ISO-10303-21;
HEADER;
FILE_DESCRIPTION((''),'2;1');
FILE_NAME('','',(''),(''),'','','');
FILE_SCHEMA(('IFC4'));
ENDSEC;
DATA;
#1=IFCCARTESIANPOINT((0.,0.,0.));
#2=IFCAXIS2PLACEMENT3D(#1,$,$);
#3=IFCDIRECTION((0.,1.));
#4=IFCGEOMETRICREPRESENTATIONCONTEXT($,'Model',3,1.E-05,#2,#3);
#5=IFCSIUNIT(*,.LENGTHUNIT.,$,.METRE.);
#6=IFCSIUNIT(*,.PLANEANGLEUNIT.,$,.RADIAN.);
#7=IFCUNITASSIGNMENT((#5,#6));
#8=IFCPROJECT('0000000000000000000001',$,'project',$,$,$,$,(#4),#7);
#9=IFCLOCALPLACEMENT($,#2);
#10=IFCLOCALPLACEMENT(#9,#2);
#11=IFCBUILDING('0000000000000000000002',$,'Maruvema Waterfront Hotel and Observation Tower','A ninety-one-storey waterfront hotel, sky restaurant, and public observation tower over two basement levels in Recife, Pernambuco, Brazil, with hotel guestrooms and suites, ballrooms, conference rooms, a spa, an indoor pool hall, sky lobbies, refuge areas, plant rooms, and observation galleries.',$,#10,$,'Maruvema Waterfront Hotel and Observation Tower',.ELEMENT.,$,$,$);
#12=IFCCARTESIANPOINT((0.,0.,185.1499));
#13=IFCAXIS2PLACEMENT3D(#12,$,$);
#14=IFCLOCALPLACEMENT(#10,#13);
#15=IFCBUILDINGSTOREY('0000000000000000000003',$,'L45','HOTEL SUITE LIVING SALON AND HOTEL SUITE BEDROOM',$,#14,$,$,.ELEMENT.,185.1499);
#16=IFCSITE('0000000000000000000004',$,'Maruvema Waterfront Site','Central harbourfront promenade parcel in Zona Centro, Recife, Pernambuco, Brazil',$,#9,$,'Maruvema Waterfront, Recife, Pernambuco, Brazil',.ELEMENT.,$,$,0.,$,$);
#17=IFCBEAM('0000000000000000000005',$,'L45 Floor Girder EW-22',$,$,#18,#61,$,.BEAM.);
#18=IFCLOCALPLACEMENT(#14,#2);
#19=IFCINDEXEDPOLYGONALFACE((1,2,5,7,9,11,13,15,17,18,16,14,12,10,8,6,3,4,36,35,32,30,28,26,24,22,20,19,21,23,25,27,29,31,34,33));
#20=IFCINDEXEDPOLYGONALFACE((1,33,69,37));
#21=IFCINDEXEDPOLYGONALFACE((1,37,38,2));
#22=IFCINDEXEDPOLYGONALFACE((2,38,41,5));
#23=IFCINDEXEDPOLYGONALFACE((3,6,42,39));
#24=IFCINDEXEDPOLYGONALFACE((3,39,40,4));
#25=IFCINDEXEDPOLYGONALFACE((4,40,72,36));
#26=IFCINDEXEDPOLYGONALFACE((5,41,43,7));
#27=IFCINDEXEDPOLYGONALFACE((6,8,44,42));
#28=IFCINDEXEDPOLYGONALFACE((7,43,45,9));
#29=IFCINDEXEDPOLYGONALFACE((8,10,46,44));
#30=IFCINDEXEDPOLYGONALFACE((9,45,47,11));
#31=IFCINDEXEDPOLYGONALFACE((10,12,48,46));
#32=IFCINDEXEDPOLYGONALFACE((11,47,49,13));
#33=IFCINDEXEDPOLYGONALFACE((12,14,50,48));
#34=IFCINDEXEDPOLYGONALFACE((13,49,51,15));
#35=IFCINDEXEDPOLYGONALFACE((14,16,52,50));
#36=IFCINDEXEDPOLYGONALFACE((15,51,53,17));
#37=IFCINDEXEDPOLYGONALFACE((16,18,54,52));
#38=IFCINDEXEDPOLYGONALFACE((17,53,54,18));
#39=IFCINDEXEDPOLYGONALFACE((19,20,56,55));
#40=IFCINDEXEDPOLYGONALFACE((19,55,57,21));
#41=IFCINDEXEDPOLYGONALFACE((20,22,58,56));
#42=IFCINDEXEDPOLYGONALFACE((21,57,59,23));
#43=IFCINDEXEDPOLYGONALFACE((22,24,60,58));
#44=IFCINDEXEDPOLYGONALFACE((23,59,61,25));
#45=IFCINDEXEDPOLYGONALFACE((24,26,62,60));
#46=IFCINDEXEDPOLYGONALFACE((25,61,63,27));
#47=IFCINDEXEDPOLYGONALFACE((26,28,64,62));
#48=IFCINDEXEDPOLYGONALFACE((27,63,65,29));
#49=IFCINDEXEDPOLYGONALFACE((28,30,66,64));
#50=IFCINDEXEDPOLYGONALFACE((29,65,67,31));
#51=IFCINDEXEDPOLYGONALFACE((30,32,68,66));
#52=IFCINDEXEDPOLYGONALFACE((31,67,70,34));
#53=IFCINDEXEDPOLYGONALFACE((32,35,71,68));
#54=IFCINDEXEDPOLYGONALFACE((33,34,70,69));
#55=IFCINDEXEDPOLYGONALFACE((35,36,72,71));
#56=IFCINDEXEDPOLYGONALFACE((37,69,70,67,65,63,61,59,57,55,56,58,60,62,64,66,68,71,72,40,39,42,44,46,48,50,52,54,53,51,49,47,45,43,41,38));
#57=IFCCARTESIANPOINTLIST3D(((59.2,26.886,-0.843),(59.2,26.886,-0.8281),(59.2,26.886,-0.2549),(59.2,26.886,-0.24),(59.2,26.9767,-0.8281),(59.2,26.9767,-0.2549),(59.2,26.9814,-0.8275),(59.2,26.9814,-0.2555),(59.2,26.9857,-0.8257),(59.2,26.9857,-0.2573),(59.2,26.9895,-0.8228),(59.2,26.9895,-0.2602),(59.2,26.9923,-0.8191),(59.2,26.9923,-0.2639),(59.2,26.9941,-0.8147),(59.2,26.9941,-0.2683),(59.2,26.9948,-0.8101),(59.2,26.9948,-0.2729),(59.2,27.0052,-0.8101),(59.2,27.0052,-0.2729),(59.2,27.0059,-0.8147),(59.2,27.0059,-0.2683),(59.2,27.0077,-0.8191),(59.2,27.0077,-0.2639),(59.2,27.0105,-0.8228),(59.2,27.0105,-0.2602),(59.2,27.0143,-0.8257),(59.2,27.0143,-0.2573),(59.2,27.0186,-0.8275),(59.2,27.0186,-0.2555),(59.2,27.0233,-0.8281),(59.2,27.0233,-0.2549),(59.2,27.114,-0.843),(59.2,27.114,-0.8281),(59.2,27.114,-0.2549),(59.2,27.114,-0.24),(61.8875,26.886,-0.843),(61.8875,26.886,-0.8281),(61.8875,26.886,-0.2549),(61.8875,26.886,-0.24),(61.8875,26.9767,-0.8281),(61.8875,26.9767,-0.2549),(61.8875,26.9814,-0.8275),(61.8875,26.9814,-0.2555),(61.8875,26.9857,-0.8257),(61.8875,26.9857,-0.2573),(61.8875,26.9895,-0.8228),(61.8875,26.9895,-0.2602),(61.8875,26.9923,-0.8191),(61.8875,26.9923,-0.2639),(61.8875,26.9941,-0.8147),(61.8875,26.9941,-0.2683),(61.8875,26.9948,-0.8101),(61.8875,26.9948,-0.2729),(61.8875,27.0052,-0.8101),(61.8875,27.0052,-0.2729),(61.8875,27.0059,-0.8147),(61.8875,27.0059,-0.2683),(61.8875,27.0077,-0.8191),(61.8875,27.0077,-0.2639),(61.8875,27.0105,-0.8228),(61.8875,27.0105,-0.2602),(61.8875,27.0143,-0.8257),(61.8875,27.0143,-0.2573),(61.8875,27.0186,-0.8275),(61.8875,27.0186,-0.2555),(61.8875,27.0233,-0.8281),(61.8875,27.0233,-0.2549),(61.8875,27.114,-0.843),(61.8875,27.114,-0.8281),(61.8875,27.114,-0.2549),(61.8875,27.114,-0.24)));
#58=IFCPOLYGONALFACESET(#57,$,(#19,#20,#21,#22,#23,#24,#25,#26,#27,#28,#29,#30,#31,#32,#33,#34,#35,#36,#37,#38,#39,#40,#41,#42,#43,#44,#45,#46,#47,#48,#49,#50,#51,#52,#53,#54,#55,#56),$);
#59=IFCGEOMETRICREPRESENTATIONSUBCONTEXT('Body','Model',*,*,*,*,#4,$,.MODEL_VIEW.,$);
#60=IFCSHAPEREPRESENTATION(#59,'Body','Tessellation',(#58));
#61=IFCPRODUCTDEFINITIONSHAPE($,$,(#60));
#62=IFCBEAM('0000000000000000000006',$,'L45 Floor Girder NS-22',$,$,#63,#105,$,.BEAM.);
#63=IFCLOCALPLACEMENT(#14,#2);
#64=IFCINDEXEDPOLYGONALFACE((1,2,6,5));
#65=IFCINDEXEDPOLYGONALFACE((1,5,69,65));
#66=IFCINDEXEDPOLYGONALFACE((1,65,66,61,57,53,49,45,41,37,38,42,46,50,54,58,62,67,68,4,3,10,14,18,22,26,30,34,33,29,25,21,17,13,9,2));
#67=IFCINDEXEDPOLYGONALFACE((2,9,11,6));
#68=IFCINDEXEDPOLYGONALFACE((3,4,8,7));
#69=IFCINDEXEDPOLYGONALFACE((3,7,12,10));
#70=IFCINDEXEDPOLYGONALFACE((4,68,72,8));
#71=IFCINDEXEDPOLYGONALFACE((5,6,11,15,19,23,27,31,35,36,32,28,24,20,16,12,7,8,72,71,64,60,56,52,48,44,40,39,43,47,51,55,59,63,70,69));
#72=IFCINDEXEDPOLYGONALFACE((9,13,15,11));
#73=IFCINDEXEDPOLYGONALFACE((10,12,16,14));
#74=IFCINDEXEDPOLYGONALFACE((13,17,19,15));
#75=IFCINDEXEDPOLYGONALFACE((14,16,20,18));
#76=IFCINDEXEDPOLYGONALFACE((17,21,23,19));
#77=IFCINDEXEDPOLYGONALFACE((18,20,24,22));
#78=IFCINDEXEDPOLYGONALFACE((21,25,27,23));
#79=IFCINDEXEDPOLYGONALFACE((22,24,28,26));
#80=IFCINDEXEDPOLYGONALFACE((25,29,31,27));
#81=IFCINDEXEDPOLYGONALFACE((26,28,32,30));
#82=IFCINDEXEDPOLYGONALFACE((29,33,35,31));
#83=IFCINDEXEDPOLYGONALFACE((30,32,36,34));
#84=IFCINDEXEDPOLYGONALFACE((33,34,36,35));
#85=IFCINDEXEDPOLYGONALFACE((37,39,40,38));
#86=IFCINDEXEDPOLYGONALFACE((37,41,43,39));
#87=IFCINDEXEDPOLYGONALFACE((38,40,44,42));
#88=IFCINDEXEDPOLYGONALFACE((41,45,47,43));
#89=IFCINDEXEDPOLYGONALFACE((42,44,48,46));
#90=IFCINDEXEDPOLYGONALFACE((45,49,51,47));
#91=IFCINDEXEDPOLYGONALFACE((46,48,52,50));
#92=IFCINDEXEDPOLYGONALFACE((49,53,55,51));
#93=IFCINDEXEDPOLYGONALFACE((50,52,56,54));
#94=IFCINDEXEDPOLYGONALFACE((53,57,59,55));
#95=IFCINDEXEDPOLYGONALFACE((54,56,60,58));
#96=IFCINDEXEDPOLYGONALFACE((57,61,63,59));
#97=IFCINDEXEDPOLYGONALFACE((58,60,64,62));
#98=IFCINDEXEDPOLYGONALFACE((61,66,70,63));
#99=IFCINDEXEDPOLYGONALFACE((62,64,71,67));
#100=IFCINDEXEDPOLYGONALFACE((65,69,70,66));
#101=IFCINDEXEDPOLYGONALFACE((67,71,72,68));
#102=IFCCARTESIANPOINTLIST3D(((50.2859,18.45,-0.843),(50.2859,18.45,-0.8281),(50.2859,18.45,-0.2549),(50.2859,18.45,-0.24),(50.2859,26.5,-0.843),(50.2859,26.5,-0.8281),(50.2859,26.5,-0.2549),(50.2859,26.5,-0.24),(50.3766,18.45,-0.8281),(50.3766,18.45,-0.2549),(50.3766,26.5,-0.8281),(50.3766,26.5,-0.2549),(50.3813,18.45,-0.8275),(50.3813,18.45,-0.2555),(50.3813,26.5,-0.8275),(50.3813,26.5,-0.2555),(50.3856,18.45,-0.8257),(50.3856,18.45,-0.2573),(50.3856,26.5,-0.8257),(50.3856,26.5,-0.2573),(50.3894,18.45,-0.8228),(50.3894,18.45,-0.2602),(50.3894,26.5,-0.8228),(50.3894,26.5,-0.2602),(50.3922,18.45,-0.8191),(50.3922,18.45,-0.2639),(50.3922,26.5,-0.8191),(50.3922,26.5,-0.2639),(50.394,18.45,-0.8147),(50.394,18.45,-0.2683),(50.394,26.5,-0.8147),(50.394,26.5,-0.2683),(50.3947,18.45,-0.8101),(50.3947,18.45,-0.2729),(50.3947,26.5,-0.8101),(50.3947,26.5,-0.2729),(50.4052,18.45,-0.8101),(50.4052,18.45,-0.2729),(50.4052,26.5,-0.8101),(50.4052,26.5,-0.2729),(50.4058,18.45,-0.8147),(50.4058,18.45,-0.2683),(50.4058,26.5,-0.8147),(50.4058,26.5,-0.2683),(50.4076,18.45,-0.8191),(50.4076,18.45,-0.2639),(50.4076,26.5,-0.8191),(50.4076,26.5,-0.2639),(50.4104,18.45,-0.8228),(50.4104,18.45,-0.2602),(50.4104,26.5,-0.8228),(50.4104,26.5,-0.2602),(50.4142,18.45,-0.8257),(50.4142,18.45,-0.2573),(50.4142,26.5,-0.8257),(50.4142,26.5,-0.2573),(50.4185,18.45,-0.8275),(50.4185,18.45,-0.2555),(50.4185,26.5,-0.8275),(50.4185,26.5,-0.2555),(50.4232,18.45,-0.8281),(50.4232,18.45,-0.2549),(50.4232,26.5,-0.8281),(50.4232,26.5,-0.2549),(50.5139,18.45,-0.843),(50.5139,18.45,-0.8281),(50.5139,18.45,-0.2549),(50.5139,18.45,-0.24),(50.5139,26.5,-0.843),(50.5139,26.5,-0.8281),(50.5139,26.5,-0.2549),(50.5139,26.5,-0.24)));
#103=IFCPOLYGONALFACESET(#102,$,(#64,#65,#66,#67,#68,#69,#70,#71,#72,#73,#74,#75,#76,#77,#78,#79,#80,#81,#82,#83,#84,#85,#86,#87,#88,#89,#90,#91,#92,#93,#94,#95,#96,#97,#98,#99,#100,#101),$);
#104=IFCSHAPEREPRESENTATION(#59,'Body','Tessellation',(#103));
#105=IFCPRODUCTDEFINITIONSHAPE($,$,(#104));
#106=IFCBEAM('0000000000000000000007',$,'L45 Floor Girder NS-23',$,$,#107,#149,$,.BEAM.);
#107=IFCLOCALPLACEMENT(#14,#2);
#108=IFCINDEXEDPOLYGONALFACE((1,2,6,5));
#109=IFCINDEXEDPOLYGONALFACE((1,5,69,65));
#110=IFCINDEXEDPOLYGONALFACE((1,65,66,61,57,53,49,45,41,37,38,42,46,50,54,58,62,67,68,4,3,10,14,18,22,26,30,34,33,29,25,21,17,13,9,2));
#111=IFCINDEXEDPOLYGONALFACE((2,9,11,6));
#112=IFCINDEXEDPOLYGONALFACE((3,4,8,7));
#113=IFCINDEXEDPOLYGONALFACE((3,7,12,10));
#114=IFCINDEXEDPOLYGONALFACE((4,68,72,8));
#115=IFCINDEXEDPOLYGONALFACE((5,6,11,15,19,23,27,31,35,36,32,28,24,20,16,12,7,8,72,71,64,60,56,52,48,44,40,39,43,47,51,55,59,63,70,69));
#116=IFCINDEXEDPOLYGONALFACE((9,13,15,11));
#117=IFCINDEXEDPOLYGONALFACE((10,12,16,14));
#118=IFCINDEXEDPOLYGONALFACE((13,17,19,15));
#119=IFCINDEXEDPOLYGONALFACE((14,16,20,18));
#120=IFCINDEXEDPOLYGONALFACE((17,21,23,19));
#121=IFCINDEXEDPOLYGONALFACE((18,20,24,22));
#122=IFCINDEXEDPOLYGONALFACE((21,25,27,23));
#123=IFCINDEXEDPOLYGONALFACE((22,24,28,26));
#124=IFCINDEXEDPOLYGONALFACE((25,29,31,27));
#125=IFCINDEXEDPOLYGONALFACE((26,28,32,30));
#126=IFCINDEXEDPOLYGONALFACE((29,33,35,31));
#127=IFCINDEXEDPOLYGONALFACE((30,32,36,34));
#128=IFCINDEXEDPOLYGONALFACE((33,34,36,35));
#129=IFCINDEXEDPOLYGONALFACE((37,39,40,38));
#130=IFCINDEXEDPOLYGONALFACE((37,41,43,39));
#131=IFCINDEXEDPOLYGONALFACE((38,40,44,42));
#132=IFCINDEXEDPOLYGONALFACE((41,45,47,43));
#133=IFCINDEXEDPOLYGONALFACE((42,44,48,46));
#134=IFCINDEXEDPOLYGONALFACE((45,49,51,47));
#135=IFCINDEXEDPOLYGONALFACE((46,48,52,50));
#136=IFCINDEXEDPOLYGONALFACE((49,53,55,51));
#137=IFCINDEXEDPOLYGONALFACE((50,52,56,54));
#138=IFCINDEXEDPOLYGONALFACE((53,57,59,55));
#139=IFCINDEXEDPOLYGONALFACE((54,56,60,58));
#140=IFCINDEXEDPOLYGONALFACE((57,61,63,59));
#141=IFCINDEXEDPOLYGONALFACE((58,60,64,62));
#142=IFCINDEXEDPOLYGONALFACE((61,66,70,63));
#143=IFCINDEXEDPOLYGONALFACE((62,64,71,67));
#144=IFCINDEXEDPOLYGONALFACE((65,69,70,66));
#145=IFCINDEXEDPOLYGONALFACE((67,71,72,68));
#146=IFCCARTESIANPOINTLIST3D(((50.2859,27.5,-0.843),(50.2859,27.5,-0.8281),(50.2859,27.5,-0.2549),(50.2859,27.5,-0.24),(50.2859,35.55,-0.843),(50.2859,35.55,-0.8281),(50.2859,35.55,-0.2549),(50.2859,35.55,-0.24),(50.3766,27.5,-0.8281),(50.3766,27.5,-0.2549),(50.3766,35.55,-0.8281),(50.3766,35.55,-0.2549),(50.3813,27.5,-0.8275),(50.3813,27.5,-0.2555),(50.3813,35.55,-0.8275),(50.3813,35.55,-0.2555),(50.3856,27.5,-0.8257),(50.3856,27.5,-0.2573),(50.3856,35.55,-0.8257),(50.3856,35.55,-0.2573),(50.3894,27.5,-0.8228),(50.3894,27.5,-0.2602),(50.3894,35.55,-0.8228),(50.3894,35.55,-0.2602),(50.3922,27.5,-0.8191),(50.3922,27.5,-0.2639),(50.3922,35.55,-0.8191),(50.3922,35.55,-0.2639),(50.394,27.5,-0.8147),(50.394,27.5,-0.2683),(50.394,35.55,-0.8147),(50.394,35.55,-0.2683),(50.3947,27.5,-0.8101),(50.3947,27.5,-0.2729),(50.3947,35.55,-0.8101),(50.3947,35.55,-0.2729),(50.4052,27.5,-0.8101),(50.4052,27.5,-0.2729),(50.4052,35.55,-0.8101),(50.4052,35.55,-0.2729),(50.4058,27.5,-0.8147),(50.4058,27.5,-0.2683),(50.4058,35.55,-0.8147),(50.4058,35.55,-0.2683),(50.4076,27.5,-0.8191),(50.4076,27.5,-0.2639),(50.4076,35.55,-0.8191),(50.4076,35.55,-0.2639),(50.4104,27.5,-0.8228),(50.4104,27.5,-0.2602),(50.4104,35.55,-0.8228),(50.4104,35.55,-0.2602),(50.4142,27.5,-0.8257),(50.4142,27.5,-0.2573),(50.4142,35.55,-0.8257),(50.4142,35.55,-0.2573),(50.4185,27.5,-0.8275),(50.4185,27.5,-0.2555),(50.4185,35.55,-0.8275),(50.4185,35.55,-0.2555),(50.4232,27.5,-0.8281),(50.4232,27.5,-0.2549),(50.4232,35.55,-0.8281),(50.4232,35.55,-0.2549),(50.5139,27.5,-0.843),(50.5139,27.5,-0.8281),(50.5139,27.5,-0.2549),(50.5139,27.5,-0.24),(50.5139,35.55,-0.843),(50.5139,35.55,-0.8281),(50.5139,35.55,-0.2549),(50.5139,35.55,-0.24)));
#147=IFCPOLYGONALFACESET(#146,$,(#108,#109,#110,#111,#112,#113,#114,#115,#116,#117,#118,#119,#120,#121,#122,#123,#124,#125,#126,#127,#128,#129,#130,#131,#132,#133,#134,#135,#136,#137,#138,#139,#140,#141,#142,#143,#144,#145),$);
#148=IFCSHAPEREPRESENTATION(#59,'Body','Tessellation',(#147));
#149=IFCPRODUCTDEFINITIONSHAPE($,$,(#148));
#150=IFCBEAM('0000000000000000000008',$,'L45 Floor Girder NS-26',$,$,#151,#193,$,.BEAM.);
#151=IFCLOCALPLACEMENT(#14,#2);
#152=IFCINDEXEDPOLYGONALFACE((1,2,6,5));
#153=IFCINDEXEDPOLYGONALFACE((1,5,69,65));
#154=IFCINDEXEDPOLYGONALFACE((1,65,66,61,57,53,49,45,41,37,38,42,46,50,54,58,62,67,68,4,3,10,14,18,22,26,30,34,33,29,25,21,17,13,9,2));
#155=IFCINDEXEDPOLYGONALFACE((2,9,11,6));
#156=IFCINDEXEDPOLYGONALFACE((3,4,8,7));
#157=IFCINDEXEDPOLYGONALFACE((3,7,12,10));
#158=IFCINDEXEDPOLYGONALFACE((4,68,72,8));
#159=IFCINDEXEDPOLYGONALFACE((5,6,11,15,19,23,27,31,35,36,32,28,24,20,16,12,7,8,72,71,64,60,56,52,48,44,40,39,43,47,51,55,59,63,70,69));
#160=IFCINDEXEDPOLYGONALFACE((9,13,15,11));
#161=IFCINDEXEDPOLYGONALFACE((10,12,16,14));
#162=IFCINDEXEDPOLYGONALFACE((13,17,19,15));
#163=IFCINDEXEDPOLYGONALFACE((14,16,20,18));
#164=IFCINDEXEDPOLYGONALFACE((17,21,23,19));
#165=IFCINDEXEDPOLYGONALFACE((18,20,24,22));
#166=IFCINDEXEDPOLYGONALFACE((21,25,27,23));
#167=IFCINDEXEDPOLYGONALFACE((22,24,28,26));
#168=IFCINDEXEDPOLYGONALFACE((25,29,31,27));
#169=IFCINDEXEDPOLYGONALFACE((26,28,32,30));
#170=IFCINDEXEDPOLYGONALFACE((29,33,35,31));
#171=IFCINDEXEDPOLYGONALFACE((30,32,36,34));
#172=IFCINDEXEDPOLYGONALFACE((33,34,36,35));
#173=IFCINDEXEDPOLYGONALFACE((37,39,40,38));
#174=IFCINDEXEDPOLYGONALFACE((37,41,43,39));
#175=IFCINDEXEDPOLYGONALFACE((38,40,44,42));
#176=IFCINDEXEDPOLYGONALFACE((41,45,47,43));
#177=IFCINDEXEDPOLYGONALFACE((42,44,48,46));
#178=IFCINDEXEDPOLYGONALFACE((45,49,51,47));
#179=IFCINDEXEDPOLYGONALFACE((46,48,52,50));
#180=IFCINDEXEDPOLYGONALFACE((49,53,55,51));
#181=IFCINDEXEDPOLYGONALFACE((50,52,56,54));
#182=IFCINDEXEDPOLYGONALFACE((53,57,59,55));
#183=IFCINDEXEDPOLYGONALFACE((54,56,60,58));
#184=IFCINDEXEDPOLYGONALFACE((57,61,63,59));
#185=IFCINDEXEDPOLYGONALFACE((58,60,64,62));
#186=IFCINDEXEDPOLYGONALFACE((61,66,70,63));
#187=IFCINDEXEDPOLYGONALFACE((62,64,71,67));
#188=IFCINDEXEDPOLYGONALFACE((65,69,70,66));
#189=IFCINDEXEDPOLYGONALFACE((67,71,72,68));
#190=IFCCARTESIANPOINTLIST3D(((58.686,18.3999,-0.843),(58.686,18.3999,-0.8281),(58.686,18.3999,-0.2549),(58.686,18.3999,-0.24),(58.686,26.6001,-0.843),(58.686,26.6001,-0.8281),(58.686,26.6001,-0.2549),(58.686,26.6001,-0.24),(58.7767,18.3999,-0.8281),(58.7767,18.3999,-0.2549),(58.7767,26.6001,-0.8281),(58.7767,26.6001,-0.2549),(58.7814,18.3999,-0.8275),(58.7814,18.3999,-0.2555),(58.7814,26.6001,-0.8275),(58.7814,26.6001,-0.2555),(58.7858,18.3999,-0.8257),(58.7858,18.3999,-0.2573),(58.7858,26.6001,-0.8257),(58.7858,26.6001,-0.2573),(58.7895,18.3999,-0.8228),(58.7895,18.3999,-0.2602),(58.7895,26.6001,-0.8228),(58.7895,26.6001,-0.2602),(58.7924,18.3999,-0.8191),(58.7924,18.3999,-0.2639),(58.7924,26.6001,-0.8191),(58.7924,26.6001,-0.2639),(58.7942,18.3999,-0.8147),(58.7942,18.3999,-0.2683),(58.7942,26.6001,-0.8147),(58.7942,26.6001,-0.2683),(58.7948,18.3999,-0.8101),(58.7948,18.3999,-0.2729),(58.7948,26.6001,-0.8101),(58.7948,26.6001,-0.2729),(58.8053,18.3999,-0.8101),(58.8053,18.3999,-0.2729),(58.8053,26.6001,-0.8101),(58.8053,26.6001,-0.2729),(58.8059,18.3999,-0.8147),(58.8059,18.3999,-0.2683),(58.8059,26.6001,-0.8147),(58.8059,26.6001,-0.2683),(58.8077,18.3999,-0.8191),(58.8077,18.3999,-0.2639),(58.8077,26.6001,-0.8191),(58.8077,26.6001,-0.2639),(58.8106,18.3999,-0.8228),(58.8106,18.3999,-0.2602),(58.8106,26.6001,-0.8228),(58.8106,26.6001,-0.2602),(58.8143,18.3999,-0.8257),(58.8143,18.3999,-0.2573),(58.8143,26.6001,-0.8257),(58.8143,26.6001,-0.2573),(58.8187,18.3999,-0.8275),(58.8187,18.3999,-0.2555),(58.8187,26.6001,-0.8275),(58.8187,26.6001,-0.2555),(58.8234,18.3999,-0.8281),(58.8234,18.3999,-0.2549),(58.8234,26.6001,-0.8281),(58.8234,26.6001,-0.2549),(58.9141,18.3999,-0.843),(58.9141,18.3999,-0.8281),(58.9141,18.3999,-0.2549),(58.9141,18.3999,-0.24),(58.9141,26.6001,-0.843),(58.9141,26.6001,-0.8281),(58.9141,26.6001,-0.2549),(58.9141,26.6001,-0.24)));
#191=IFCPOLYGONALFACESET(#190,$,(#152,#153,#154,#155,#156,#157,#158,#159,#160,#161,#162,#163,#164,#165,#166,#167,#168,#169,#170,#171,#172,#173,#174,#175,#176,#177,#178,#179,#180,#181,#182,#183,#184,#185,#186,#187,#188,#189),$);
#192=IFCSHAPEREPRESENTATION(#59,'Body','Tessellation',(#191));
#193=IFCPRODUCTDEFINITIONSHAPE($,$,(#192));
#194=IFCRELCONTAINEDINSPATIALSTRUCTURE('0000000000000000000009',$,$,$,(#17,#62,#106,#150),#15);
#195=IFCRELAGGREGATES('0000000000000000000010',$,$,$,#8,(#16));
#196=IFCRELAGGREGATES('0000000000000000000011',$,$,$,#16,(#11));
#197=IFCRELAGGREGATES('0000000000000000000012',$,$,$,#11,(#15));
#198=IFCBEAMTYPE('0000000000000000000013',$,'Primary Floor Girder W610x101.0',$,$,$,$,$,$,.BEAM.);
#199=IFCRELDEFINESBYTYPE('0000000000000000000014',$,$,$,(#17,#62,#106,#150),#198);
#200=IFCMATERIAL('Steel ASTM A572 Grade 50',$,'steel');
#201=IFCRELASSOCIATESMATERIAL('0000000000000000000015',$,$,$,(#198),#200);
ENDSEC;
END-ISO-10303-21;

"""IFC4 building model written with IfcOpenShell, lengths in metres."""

from ifc_helpers import new_model, si_unit, direction, frame, origin, origin_2d, place, context, subcontext, project, spatial, i_section, extrude, material, material_profile, profile_set, type_object, element, save


model = new_model("IFC4")

# Units and contexts
model_context = context("Model", 3, precision=1e-05, world=origin(), true_north=direction((0.0, 1.0)))
body_context = subcontext(model_context, "Body", "Model", "MODEL_VIEW")
ifc_project = project(units=[si_unit("LENGTHUNIT", "METRE"), si_unit("PLANEANGLEUNIT", "RADIAN")], contexts=[model_context])

# Site, building, storey
site_placement = place(None, origin())
site = spatial("IfcSite", under=ifc_project, at=site_placement, Name="Maruvema Waterfront Site", Description="Central harbourfront promenade parcel in Zona Centro, Recife, Pernambuco, Brazil", LongName="Maruvema Waterfront, Recife, Pernambuco, Brazil", CompositionType="ELEMENT", RefElevation=0.0)
building_placement = place(site_placement, origin())
building = spatial("IfcBuilding", under=site, at=building_placement, Name="Maruvema Waterfront Hotel and Observation Tower", Description="A ninety-one-storey waterfront hotel, sky restaurant, and public observation tower over two basement levels in Recife, Pernambuco, Brazil, with hotel guestrooms and suites, ballrooms, conference rooms, a spa, an indoor pool hall, sky lobbies, refuge areas, plant rooms, and observation galleries.", LongName="Maruvema Waterfront Hotel and Observation Tower", CompositionType="ELEMENT")
storey_placement = place(building_placement, frame((0.0, 0.0, 185.1499)))
storey = spatial("IfcBuildingStorey", under=building, at=storey_placement, Name="L45", Description="HOTEL SUITE LIVING SALON AND HOTEL SUITE BEDROOM", CompositionType="ELEMENT", Elevation=185.1499)

# Beams
ifc_material_1 = material(Name="Steel ASTM A572 Grade 50", Category="steel")
ifc_material_profile_1 = material_profile(ifc_material_1, i_section(OverallWidth=0.228, OverallDepth=0.603, WebThickness=0.0105, FlangeThickness=0.0149, FilletRadius=0.0181, at=origin_2d()), Name="W610x101.0")
ifc_profile_set_1 = profile_set([ifc_material_profile_1], Name="Steel ASTM A572 Grade 50")
beam_type_1 = type_object("IfcBeamType", Name="Primary Floor Girder W610x101.0", PredefinedType="BEAM", material=ifc_profile_set_1)
beam_1_placement = place(storey_placement, frame((59.2, 27.0, -0.5415), z_axis=(1.0, 0.0, 0.0), x_axis=(0.0, 1.0, 0.0)))
element("IfcBeam", 1, at=beam_1_placement, inside=storey, type_object=beam_type_1, Name="L45 Floor Girder EW-22", PredefinedType="BEAM", context=body_context, shape_type="SweptSolid", body=[
    extrude(i_section(OverallWidth=0.228, OverallDepth=0.603, WebThickness=0.0105, FlangeThickness=0.0149, FilletRadius=0.0181, at=origin_2d()), origin(), (0.0, 0.0, 1.0), 2.6875),
])
for number, where, z_axis, x_axis, name in (
    (2, (50.3999, 18.45, -0.5415), (0.0, 1.0, 0.0), (-1.0, 0.0, 0.0), "L45 Floor Girder NS-22"),
    (3, (50.3999, 27.5, -0.5415), (0.0, 1.0, 0.0), (-1.0, 0.0, 0.0), "L45 Floor Girder NS-23"),
):
    element("IfcBeam", number, at=place(storey_placement, frame(where, z_axis=z_axis, x_axis=x_axis)), inside=storey, type_object=beam_type_1, Name=name, PredefinedType="BEAM", context=body_context, shape_type="SweptSolid", body=[
        extrude(i_section(OverallWidth=0.228, OverallDepth=0.603, WebThickness=0.0105, FlangeThickness=0.0149, FilletRadius=0.0181, at=origin_2d()), origin(), (0.0, 0.0, 1.0), 8.05),
    ])
for number, where, z_axis, x_axis, name in (
    (4, (58.8, 18.3999, -0.5415), (0.0, 1.0, 0.0), (-1.0, 0.0, 0.0), "L45 Floor Girder NS-26"),
):
    element("IfcBeam", number, at=place(storey_placement, frame(where, z_axis=z_axis, x_axis=x_axis)), inside=storey, type_object=beam_type_1, Name=name, PredefinedType="BEAM", context=body_context, shape_type="SweptSolid", body=[
        extrude(i_section(OverallWidth=0.228, OverallDepth=0.603, WebThickness=0.0105, FlangeThickness=0.0149, FilletRadius=0.0181, at=origin_2d()), origin(), (0.0, 0.0, 1.0), 8.2002),
    ])

save(model, "model.ifc")
